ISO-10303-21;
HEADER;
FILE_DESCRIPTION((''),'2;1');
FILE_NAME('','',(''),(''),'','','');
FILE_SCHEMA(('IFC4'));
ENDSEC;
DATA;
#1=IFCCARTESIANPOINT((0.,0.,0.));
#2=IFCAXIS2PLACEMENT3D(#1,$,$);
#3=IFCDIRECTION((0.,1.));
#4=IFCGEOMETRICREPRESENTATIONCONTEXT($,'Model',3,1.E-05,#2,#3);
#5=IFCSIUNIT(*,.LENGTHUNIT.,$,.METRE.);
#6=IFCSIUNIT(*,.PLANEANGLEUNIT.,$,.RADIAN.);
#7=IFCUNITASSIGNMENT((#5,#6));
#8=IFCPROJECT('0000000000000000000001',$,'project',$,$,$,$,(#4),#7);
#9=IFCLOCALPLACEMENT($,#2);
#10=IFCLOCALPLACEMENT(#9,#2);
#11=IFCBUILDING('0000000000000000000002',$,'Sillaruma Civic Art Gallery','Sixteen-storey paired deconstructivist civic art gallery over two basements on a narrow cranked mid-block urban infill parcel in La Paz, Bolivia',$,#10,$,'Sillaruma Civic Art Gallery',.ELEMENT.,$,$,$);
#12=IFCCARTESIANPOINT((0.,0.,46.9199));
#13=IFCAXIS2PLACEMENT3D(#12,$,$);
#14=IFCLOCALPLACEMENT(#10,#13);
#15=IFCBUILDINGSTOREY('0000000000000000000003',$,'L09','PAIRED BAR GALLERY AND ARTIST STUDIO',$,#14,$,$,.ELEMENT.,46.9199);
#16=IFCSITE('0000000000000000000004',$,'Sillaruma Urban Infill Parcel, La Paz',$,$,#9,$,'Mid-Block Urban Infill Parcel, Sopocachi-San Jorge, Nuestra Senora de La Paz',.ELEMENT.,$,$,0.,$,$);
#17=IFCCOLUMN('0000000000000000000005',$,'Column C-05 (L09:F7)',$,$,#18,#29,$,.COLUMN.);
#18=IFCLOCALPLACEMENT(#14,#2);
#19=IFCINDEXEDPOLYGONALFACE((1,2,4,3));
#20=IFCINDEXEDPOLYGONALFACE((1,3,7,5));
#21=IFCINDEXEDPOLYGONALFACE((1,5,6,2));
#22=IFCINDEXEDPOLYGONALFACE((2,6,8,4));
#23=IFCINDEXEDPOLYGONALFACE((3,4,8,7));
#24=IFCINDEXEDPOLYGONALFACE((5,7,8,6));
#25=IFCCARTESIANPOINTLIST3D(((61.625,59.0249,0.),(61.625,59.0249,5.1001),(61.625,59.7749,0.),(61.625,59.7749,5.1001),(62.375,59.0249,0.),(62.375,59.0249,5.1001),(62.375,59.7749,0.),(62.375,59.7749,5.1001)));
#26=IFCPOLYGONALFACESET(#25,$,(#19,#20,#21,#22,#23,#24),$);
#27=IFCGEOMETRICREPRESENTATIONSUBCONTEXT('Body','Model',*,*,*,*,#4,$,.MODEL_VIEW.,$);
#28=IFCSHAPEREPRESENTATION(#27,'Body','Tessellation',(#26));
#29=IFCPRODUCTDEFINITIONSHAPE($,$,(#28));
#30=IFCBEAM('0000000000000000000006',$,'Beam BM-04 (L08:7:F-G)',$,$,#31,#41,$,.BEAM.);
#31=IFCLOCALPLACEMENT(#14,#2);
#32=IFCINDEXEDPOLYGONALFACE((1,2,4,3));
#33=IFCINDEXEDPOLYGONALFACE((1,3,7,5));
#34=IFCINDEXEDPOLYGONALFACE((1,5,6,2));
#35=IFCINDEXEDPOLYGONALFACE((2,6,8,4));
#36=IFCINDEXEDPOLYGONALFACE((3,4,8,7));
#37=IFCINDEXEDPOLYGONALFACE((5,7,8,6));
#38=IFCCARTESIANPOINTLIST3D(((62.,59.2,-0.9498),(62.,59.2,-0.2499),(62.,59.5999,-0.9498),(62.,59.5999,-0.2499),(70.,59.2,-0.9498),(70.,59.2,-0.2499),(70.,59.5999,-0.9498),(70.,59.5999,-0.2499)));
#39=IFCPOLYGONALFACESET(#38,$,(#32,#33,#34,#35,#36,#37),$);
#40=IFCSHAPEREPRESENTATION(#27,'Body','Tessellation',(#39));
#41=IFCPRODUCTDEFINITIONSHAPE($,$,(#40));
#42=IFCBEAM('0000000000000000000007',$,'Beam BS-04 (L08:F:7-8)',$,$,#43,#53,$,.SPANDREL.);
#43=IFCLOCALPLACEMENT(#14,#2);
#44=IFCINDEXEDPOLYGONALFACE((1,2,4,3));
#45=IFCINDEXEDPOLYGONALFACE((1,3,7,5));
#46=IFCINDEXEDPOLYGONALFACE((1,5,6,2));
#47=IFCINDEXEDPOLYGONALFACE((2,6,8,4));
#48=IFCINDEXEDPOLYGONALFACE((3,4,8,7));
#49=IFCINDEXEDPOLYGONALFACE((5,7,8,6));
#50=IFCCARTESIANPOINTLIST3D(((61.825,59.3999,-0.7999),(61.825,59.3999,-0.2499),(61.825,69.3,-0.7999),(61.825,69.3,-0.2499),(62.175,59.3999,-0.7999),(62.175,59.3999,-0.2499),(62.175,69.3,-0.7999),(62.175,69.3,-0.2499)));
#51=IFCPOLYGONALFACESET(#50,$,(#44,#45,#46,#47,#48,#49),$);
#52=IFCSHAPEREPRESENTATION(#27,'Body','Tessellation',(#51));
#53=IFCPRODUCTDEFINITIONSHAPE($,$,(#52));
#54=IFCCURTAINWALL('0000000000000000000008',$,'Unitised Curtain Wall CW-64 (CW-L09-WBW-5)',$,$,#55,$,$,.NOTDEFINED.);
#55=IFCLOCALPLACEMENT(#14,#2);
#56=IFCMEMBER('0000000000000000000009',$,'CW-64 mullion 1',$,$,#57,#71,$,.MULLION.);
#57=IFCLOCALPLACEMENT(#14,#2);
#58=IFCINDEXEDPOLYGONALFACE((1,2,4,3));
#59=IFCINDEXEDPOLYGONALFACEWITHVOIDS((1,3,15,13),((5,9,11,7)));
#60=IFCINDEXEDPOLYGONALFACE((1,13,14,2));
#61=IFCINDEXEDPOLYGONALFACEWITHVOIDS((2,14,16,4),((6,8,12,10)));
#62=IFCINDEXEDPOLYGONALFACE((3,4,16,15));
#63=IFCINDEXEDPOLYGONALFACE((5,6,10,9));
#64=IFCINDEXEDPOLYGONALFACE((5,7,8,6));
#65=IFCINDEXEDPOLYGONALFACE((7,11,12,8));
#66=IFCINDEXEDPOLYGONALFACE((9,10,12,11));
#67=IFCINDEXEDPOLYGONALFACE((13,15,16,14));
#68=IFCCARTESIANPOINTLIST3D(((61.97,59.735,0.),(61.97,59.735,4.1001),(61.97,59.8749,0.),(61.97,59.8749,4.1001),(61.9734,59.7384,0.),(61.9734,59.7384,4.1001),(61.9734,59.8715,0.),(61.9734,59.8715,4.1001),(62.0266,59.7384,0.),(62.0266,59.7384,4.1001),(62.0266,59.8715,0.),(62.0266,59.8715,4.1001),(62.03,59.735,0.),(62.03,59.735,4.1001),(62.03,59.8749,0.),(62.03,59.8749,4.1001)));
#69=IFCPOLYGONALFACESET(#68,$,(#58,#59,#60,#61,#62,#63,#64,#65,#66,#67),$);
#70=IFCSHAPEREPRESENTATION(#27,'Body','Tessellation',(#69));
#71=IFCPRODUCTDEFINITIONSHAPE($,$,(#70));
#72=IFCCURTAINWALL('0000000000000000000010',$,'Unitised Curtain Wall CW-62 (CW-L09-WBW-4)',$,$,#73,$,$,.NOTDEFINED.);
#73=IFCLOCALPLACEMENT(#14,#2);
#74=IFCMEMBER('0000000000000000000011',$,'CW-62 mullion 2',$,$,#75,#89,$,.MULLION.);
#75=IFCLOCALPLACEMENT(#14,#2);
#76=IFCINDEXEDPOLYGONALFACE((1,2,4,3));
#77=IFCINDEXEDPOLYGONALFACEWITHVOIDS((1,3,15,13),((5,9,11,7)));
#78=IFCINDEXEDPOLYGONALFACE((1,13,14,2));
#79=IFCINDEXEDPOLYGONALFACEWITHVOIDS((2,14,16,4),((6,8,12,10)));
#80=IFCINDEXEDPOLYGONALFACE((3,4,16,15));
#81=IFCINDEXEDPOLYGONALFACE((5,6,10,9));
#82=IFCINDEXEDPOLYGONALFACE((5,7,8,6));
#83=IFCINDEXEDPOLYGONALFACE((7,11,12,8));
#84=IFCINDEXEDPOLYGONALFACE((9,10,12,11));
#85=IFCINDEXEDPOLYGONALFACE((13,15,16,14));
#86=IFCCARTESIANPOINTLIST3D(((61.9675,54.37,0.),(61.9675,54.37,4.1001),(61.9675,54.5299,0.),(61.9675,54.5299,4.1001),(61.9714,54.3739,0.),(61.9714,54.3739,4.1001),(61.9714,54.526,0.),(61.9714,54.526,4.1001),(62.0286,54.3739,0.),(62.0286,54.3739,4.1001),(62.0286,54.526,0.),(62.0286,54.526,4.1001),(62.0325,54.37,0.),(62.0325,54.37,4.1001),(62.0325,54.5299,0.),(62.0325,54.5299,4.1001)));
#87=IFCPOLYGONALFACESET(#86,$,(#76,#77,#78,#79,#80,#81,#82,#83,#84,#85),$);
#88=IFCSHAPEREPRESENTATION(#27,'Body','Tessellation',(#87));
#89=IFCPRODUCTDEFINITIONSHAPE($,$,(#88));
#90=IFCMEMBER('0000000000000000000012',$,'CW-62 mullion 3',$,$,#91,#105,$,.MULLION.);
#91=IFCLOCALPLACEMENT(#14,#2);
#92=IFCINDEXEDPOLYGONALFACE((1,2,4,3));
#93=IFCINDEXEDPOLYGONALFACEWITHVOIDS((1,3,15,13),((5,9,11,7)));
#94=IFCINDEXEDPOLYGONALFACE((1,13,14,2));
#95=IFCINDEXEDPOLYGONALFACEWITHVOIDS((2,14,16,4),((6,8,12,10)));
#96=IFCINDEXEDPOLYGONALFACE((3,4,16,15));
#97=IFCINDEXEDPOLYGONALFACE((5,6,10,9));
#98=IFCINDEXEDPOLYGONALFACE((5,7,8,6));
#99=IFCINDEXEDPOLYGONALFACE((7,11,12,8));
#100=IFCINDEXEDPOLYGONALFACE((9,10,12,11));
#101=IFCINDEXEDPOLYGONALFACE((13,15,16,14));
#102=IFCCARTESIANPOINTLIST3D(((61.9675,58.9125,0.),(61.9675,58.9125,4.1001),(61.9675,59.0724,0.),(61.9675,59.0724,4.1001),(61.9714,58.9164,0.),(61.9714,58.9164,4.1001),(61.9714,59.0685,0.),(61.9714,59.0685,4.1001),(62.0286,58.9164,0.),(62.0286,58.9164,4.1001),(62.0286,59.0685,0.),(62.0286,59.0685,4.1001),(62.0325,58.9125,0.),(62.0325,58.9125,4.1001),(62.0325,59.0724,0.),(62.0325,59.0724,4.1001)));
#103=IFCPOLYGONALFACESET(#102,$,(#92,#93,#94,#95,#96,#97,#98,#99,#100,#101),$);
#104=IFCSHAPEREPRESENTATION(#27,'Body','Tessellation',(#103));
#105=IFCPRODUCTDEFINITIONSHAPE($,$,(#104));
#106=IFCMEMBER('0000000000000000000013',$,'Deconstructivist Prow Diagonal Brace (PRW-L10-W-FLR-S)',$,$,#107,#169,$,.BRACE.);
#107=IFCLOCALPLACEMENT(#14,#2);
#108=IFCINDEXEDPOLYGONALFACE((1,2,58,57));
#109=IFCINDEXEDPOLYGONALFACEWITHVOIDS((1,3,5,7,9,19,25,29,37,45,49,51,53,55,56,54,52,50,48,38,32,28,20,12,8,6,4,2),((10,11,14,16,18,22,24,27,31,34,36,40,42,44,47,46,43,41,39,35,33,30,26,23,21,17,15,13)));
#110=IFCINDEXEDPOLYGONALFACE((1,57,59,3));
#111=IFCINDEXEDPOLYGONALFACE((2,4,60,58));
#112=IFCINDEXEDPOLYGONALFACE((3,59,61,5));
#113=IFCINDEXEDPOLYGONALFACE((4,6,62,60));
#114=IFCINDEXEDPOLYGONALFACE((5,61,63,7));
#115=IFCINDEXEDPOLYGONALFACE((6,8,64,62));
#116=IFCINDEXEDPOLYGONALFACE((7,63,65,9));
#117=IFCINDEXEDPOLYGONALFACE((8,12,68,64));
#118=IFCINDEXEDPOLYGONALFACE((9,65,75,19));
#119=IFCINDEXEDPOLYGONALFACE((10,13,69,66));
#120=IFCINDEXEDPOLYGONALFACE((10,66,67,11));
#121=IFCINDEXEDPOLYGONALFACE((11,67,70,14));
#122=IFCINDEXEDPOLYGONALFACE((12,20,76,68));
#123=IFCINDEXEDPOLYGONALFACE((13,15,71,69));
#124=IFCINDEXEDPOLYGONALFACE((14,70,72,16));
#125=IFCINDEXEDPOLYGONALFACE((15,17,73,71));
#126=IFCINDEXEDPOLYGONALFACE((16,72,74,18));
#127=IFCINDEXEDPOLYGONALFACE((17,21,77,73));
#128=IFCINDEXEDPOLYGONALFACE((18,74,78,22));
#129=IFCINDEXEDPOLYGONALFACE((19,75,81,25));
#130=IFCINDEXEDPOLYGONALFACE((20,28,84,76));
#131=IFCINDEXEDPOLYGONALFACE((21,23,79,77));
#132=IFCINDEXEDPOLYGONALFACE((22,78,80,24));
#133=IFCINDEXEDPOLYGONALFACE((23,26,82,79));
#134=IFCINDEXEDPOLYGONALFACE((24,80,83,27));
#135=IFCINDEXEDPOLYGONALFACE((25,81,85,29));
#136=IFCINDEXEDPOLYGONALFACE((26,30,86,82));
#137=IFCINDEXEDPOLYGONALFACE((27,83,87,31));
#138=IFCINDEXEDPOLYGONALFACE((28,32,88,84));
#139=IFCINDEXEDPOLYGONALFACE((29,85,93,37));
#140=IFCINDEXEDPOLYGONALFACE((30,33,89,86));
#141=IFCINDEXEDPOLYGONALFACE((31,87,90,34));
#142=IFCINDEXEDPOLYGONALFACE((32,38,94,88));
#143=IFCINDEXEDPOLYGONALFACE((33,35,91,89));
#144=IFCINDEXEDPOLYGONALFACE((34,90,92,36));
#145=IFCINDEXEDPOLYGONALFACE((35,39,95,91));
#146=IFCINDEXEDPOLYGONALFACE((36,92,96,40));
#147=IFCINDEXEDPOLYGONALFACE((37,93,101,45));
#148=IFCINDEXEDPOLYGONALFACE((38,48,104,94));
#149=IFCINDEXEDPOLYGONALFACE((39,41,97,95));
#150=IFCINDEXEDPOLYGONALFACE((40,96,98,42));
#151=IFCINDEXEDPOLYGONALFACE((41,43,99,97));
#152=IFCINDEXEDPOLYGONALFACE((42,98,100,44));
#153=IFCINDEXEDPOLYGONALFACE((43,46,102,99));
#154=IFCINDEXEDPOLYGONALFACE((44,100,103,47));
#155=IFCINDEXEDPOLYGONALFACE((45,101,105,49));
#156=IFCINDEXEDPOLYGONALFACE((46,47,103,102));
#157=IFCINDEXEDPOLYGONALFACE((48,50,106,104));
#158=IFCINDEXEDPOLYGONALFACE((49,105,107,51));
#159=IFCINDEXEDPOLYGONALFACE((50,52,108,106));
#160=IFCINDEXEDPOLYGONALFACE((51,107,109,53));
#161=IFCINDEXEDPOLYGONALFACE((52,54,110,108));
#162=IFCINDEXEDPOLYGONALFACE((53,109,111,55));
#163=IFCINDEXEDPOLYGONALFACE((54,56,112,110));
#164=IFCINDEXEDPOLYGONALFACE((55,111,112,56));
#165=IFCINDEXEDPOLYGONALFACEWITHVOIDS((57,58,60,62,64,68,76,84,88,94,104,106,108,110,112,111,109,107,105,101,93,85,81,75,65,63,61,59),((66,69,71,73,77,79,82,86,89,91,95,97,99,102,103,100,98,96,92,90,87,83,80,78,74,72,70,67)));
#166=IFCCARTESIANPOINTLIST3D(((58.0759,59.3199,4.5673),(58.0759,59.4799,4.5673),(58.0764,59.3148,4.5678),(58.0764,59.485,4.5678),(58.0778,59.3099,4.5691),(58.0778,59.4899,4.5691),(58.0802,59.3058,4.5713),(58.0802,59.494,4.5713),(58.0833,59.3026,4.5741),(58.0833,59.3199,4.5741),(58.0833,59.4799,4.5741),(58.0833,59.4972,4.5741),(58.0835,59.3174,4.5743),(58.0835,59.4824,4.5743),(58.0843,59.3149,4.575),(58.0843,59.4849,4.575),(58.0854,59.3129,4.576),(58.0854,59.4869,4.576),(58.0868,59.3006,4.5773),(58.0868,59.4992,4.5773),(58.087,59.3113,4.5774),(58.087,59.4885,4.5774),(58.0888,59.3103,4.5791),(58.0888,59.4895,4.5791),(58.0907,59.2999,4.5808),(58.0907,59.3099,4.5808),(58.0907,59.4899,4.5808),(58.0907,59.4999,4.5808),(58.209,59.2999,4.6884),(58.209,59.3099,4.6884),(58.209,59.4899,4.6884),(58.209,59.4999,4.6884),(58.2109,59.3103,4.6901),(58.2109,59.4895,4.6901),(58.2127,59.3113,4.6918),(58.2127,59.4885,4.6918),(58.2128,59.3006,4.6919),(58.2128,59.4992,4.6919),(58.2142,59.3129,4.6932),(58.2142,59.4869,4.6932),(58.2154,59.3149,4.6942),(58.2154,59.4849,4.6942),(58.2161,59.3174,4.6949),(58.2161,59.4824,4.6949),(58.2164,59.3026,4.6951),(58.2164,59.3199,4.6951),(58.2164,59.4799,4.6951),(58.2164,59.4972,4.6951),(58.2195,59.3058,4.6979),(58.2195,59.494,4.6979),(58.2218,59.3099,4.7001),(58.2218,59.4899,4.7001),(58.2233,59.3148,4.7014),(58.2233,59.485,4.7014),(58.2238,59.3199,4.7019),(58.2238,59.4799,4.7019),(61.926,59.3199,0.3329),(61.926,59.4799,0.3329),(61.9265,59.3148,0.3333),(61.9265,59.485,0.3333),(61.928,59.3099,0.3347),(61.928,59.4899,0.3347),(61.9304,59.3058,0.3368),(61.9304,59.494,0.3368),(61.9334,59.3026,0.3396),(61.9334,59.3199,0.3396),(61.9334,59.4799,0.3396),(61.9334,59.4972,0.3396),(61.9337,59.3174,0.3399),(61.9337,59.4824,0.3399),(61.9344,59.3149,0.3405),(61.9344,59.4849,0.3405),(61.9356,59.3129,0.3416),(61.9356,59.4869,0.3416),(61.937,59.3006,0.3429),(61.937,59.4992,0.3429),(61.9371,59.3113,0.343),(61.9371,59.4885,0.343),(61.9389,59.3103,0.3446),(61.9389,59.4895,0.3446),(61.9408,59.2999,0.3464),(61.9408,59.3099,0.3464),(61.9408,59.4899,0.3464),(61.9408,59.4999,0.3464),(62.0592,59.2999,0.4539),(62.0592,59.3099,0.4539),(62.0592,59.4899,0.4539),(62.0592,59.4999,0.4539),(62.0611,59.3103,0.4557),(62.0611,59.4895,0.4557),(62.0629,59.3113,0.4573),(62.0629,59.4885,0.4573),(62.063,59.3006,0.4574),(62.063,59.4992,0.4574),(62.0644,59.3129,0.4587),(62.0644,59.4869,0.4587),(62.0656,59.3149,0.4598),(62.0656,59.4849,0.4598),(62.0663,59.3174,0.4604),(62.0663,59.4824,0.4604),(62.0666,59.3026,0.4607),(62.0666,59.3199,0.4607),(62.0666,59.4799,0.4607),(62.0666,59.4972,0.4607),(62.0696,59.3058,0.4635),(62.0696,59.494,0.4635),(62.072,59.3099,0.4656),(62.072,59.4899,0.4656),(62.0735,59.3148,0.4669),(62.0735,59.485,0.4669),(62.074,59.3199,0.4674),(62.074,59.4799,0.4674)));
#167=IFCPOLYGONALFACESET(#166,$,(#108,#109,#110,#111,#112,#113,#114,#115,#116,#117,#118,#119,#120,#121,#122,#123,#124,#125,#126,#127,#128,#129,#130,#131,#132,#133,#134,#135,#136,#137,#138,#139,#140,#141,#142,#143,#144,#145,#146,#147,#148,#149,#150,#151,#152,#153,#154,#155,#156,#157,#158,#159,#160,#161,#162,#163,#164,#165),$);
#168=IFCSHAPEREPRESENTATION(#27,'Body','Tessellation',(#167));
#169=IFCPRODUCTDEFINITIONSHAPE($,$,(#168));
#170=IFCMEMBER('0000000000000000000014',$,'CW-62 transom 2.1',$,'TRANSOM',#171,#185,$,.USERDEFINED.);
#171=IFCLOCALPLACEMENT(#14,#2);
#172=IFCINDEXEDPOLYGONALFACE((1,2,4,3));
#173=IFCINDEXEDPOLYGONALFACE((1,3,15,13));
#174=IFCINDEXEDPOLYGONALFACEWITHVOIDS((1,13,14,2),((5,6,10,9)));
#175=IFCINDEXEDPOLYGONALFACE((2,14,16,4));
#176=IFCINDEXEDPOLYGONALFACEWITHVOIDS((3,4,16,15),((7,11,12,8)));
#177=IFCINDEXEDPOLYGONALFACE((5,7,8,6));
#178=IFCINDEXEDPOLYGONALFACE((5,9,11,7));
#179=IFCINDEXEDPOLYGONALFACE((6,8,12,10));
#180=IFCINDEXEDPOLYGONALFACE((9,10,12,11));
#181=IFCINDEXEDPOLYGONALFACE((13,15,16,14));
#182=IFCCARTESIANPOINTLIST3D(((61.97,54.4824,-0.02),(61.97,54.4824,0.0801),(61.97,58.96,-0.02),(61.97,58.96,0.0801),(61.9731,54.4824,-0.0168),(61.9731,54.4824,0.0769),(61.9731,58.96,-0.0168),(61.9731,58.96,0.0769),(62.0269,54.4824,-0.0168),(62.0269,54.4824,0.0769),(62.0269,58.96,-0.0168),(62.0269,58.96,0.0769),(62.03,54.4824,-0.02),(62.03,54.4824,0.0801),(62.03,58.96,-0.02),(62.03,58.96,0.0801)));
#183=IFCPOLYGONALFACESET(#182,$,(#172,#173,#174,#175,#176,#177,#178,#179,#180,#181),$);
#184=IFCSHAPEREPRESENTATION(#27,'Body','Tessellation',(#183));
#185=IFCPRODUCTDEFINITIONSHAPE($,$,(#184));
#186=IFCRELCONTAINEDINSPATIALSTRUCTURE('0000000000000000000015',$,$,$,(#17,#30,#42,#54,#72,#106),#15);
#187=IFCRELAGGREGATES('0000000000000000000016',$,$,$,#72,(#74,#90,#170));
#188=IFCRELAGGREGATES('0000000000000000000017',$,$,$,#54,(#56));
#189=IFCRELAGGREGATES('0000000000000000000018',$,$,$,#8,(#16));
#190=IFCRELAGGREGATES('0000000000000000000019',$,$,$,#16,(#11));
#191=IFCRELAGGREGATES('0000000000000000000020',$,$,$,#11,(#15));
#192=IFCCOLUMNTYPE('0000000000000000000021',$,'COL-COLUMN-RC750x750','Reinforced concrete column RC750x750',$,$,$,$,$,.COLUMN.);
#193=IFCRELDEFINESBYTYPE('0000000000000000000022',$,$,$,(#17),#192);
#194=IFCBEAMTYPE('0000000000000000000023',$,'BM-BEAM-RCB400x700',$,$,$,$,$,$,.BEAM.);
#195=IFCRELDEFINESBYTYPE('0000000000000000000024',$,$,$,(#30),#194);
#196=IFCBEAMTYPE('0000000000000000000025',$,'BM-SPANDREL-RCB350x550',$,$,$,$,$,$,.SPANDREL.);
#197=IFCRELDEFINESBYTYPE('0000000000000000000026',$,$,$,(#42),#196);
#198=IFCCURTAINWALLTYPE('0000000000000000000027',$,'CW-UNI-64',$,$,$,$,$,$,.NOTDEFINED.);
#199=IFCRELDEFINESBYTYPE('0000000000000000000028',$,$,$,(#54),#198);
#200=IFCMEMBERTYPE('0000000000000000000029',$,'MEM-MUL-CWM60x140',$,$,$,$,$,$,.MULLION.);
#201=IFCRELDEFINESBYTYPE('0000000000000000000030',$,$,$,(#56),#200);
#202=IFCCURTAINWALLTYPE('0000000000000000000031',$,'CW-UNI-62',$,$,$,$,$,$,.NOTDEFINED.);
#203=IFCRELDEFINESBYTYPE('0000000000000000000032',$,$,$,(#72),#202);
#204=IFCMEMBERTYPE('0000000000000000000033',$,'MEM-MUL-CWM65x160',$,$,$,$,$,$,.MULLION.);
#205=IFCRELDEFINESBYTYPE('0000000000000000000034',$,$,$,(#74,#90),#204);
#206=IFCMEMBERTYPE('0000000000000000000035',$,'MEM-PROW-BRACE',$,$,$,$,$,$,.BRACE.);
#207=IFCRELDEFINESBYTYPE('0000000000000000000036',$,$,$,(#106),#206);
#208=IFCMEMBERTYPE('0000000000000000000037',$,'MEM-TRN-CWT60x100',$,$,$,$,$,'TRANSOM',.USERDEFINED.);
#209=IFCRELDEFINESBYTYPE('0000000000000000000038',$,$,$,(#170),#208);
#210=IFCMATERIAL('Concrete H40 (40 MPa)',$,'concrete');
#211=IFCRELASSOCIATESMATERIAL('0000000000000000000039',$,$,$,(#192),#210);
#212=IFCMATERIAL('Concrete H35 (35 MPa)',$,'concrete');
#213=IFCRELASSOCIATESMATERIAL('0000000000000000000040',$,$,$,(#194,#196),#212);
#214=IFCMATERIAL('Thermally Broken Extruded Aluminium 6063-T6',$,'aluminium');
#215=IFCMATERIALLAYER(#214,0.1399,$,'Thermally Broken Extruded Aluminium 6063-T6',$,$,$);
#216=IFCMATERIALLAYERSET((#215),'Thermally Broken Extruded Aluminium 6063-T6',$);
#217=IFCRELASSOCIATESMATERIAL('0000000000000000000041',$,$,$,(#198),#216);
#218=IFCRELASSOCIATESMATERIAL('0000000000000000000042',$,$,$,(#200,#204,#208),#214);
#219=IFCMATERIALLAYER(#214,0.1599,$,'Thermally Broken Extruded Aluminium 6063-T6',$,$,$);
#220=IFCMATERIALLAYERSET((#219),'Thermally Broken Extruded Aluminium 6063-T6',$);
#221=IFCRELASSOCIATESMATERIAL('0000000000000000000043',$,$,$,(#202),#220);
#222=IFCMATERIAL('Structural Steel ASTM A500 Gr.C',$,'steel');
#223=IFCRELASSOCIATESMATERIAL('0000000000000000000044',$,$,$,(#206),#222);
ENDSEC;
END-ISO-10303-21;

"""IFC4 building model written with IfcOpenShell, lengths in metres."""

from ifc_helpers import new_model, si_unit, direction, frame, origin, origin_2d, place, context, subcontext, project, spatial, rectangle, hollow_rectangle, extrude, material, layer, layer_set, material_profile, profile_set, type_object, element, aggregate, save


model = new_model("IFC4")

# Units and contexts
model_context = context("Model", 3, precision=1e-05, world=origin(), true_north=direction((0.0, 1.0)))
body_context = subcontext(model_context, "Body", "Model", "MODEL_VIEW")
ifc_project = project(units=[si_unit("LENGTHUNIT", "METRE"), si_unit("PLANEANGLEUNIT", "RADIAN")], contexts=[model_context])

# Site, building, storey
site_placement = place(None, origin())
site = spatial("IfcSite", under=ifc_project, at=site_placement, Name="Sillaruma Urban Infill Parcel, La Paz", LongName="Mid-Block Urban Infill Parcel, Sopocachi-San Jorge, Nuestra Senora de La Paz", CompositionType="ELEMENT", RefElevation=0.0)
building_placement = place(site_placement, origin())
building = spatial("IfcBuilding", under=site, at=building_placement, Name="Sillaruma Civic Art Gallery", Description="Sixteen-storey paired deconstructivist civic art gallery over two basements on a narrow cranked mid-block urban infill parcel in La Paz, Bolivia", LongName="Sillaruma Civic Art Gallery", CompositionType="ELEMENT")
storey_placement = place(building_placement, frame((0.0, 0.0, 46.9199)))
storey = spatial("IfcBuildingStorey", under=building, at=storey_placement, Name="L09", Description="PAIRED BAR GALLERY AND ARTIST STUDIO", CompositionType="ELEMENT", Elevation=46.9199)

# Column
ifc_material_1 = material(Name="Concrete H40 (40 MPa)", Category="concrete")
ifc_material_profile_1 = material_profile(ifc_material_1, rectangle(XDim=0.75, YDim=0.75, at=origin_2d()), Name="RC750x750")
ifc_profile_set_1 = profile_set([ifc_material_profile_1], Name="Concrete H40 (40 MPa)")
column_type = type_object("IfcColumnType", Name="COL-COLUMN-RC750x750", Description="Reinforced concrete column RC750x750", PredefinedType="COLUMN", material=ifc_profile_set_1)
column_placement = place(storey_placement, frame((62.0, 59.3999, 0.0), z_axis=(0.0, 0.0, 1.0), x_axis=(1.0, 0.0, 0.0)))
element("IfcColumn", 1, at=column_placement, inside=storey, type_object=column_type, Name="Column C-05 (L09:F7)", PredefinedType="COLUMN", context=body_context, shape_type="SweptSolid", body=[
    extrude(rectangle(XDim=0.75, YDim=0.75, at=origin_2d()), origin(), (0.0, 0.0, 1.0), 5.1001),
])

# Beams
ifc_material_2 = material(Name="Concrete H35 (35 MPa)", Category="concrete")
ifc_material_profile_2 = material_profile(ifc_material_2, rectangle(XDim=0.3999, YDim=0.7, at=origin_2d()), Name="RCB400x700")
ifc_profile_set_2 = profile_set([ifc_material_profile_2], Name="Concrete H35 (35 MPa)")
beam_type_1 = type_object("IfcBeamType", Name="BM-BEAM-RCB400x700", PredefinedType="BEAM", material=ifc_profile_set_2)
beam_1_placement = place(storey_placement, frame((62.0, 59.3999, -0.5999), z_axis=(1.0, 0.0, 0.0), x_axis=(0.0, 1.0, 0.0)))
element("IfcBeam", 2, at=beam_1_placement, inside=storey, type_object=beam_type_1, Name="Beam BM-04 (L08:7:F-G)", PredefinedType="BEAM", context=body_context, shape_type="SweptSolid", body=[
    extrude(rectangle(XDim=0.3999, YDim=0.7, at=origin_2d()), origin(), (0.0, 0.0, 1.0), 8.0),
])
ifc_material_profile_3 = material_profile(ifc_material_2, rectangle(XDim=0.3501, YDim=0.55, at=origin_2d()), Name="RCB350x550")
ifc_profile_set_3 = profile_set([ifc_material_profile_3], Name="Concrete H35 (35 MPa)")
beam_type_2 = type_object("IfcBeamType", Name="BM-SPANDREL-RCB350x550", PredefinedType="SPANDREL", material=ifc_profile_set_3)
beam_2_placement = place(storey_placement, frame((62.0, 59.3999, -0.5249), z_axis=(0.0, 1.0, 0.0), x_axis=(-1.0, 0.0, 0.0)))
element("IfcBeam", 3, at=beam_2_placement, inside=storey, type_object=beam_type_2, Name="Beam BS-04 (L08:F:7-8)", PredefinedType="SPANDREL", context=body_context, shape_type="SweptSolid", body=[
    extrude(rectangle(XDim=0.3501, YDim=0.55, at=origin_2d()), origin(), (0.0, 0.0, 1.0), 9.9001),
])

# Curtain wall, member
ifc_material_3 = material(Name="Thermally Broken Extruded Aluminium 6063-T6", Category="aluminium")
ifc_layer_1 = layer(ifc_material_3, 0.1399, Name="Thermally Broken Extruded Aluminium 6063-T6")
ifc_layer_set_1 = layer_set([ifc_layer_1], Name="Thermally Broken Extruded Aluminium 6063-T6")
curtain_wall_type_1 = type_object("IfcCurtainWallType", Name="CW-UNI-64", PredefinedType="NOTDEFINED", material=ifc_layer_set_1)
curtain_wall_1_placement = place(storey_placement, origin())
curtain_wall_1 = element("IfcCurtainWall", 4, at=curtain_wall_1_placement, inside=storey, type_object=curtain_wall_type_1, Name="Unitised Curtain Wall CW-64 (CW-L09-WBW-5)", PredefinedType="NOTDEFINED")
ifc_material_profile_4 = material_profile(ifc_material_3, hollow_rectangle(XDim=0.0601, YDim=0.1399, WallThickness=0.0034, at=origin_2d()), Name="CWM60x140")
ifc_profile_set_4 = profile_set([ifc_material_profile_4], Name="Thermally Broken Extruded Aluminium 6063-T6")
member_type_1 = type_object("IfcMemberType", Name="MEM-MUL-CWM60x140", PredefinedType="MULLION", material=ifc_profile_set_4)
member_1_placement = place(storey_placement, frame((62.0, 59.8049, 0.0), z_axis=(0.0, 0.0, 1.0), x_axis=(-1.0, 0.0, 0.0)))
member_1 = element("IfcMember", 5, at=member_1_placement, type_object=member_type_1, Name="CW-64 mullion 1", PredefinedType="MULLION", context=body_context, shape_type="SweptSolid", body=[
    extrude(hollow_rectangle(XDim=0.0601, YDim=0.1399, WallThickness=0.0034, at=origin_2d()), origin(), (0.0, 0.0, 1.0), 4.1001),
])

# Curtain wall, members
ifc_layer_2 = layer(ifc_material_3, 0.1599, Name="Thermally Broken Extruded Aluminium 6063-T6")
ifc_layer_set_2 = layer_set([ifc_layer_2], Name="Thermally Broken Extruded Aluminium 6063-T6")
curtain_wall_type_2 = type_object("IfcCurtainWallType", Name="CW-UNI-62", PredefinedType="NOTDEFINED", material=ifc_layer_set_2)
curtain_wall_2_placement = place(storey_placement, origin())
curtain_wall_2 = element("IfcCurtainWall", 6, at=curtain_wall_2_placement, inside=storey, type_object=curtain_wall_type_2, Name="Unitised Curtain Wall CW-62 (CW-L09-WBW-4)", PredefinedType="NOTDEFINED")
ifc_material_profile_5 = material_profile(ifc_material_3, hollow_rectangle(XDim=0.0649, YDim=0.1599, WallThickness=0.0039, at=origin_2d()), Name="CWM65x160")
ifc_profile_set_5 = profile_set([ifc_material_profile_5], Name="Thermally Broken Extruded Aluminium 6063-T6")
member_type_2 = type_object("IfcMemberType", Name="MEM-MUL-CWM65x160", PredefinedType="MULLION", material=ifc_profile_set_5)
member_2_placement = place(storey_placement, frame((62.0, 54.45, 0.0), z_axis=(0.0, 0.0, 1.0), x_axis=(-1.0, 0.0, 0.0)))
member_2 = element("IfcMember", 7, at=member_2_placement, type_object=member_type_2, Name="CW-62 mullion 2", PredefinedType="MULLION", context=body_context, shape_type="SweptSolid", body=[
    extrude(hollow_rectangle(XDim=0.0649, YDim=0.1599, WallThickness=0.0039, at=origin_2d()), origin(), (0.0, 0.0, 1.0), 4.1001),
])
member_3_placement = place(storey_placement, frame((62.0, 58.9924, 0.0), z_axis=(0.0, 0.0, 1.0), x_axis=(-1.0, 0.0, 0.0)))
member_3 = element("IfcMember", 8, at=member_3_placement, type_object=member_type_2, Name="CW-62 mullion 3", PredefinedType="MULLION", context=body_context, shape_type="SweptSolid", body=[
    extrude(hollow_rectangle(XDim=0.0649, YDim=0.1599, WallThickness=0.0039, at=origin_2d()), origin(), (0.0, 0.0, 1.0), 4.1001),
])

# Members
ifc_material_4 = material(Name="Structural Steel ASTM A500 Gr.C", Category="steel")
ifc_material_profile_6 = material_profile(ifc_material_4, hollow_rectangle(XDim=0.2, YDim=0.2, WallThickness=0.01, InnerFilletRadius=0.01, OuterFilletRadius=0.02, at=origin_2d()), Name="HSS200x200x10")
ifc_profile_set_6 = profile_set([ifc_material_profile_6], Name="Structural Steel ASTM A500 Gr.C")
member_type_3 = type_object("IfcMemberType", Name="MEM-PROW-BRACE", PredefinedType="BRACE", material=ifc_profile_set_6)
member_4_placement = place(storey_placement, frame((62.0, 59.3999, 0.4001), z_axis=(-0.672736, 0.0, 0.739882), x_axis=(0.0, -1.0, 0.0)))
element("IfcMember", 9, at=member_4_placement, inside=storey, type_object=member_type_3, Name="Deconstructivist Prow Diagonal Brace (PRW-L10-W-FLR-S)", PredefinedType="BRACE", context=body_context, shape_type="SweptSolid", body=[
    extrude(hollow_rectangle(XDim=0.2, YDim=0.2, WallThickness=0.01, InnerFilletRadius=0.01, OuterFilletRadius=0.02, at=origin_2d()), origin(), (0.0, 0.0, 1.0), 5.7231),
])
ifc_material_profile_7 = material_profile(ifc_material_3, hollow_rectangle(XDim=0.0601, YDim=0.1001, WallThickness=0.0032, at=origin_2d()), Name="CWT60x100")
ifc_profile_set_7 = profile_set([ifc_material_profile_7], Name="Thermally Broken Extruded Aluminium 6063-T6")
member_type_4 = type_object("IfcMemberType", Name="MEM-TRN-CWT60x100", ElementType="TRANSOM", PredefinedType="USERDEFINED", material=ifc_profile_set_7)
member_5_placement = place(storey_placement, frame((62.0, 54.4824, 0.03), z_axis=(0.0, 1.0, 0.0), x_axis=(-1.0, 0.0, 0.0)))
member_5 = element("IfcMember", 10, at=member_5_placement, type_object=member_type_4, Name="CW-62 transom 2.1", ObjectType="TRANSOM", PredefinedType="USERDEFINED", context=body_context, shape_type="SweptSolid", body=[
    extrude(hollow_rectangle(XDim=0.0601, YDim=0.1001, WallThickness=0.0032, at=origin_2d()), origin(), (0.0, 0.0, 1.0), 4.4775),
])

aggregate(curtain_wall_2, [member_2, member_3, member_5])
aggregate(curtain_wall_1, [member_1])

save(model, "model.ifc")
